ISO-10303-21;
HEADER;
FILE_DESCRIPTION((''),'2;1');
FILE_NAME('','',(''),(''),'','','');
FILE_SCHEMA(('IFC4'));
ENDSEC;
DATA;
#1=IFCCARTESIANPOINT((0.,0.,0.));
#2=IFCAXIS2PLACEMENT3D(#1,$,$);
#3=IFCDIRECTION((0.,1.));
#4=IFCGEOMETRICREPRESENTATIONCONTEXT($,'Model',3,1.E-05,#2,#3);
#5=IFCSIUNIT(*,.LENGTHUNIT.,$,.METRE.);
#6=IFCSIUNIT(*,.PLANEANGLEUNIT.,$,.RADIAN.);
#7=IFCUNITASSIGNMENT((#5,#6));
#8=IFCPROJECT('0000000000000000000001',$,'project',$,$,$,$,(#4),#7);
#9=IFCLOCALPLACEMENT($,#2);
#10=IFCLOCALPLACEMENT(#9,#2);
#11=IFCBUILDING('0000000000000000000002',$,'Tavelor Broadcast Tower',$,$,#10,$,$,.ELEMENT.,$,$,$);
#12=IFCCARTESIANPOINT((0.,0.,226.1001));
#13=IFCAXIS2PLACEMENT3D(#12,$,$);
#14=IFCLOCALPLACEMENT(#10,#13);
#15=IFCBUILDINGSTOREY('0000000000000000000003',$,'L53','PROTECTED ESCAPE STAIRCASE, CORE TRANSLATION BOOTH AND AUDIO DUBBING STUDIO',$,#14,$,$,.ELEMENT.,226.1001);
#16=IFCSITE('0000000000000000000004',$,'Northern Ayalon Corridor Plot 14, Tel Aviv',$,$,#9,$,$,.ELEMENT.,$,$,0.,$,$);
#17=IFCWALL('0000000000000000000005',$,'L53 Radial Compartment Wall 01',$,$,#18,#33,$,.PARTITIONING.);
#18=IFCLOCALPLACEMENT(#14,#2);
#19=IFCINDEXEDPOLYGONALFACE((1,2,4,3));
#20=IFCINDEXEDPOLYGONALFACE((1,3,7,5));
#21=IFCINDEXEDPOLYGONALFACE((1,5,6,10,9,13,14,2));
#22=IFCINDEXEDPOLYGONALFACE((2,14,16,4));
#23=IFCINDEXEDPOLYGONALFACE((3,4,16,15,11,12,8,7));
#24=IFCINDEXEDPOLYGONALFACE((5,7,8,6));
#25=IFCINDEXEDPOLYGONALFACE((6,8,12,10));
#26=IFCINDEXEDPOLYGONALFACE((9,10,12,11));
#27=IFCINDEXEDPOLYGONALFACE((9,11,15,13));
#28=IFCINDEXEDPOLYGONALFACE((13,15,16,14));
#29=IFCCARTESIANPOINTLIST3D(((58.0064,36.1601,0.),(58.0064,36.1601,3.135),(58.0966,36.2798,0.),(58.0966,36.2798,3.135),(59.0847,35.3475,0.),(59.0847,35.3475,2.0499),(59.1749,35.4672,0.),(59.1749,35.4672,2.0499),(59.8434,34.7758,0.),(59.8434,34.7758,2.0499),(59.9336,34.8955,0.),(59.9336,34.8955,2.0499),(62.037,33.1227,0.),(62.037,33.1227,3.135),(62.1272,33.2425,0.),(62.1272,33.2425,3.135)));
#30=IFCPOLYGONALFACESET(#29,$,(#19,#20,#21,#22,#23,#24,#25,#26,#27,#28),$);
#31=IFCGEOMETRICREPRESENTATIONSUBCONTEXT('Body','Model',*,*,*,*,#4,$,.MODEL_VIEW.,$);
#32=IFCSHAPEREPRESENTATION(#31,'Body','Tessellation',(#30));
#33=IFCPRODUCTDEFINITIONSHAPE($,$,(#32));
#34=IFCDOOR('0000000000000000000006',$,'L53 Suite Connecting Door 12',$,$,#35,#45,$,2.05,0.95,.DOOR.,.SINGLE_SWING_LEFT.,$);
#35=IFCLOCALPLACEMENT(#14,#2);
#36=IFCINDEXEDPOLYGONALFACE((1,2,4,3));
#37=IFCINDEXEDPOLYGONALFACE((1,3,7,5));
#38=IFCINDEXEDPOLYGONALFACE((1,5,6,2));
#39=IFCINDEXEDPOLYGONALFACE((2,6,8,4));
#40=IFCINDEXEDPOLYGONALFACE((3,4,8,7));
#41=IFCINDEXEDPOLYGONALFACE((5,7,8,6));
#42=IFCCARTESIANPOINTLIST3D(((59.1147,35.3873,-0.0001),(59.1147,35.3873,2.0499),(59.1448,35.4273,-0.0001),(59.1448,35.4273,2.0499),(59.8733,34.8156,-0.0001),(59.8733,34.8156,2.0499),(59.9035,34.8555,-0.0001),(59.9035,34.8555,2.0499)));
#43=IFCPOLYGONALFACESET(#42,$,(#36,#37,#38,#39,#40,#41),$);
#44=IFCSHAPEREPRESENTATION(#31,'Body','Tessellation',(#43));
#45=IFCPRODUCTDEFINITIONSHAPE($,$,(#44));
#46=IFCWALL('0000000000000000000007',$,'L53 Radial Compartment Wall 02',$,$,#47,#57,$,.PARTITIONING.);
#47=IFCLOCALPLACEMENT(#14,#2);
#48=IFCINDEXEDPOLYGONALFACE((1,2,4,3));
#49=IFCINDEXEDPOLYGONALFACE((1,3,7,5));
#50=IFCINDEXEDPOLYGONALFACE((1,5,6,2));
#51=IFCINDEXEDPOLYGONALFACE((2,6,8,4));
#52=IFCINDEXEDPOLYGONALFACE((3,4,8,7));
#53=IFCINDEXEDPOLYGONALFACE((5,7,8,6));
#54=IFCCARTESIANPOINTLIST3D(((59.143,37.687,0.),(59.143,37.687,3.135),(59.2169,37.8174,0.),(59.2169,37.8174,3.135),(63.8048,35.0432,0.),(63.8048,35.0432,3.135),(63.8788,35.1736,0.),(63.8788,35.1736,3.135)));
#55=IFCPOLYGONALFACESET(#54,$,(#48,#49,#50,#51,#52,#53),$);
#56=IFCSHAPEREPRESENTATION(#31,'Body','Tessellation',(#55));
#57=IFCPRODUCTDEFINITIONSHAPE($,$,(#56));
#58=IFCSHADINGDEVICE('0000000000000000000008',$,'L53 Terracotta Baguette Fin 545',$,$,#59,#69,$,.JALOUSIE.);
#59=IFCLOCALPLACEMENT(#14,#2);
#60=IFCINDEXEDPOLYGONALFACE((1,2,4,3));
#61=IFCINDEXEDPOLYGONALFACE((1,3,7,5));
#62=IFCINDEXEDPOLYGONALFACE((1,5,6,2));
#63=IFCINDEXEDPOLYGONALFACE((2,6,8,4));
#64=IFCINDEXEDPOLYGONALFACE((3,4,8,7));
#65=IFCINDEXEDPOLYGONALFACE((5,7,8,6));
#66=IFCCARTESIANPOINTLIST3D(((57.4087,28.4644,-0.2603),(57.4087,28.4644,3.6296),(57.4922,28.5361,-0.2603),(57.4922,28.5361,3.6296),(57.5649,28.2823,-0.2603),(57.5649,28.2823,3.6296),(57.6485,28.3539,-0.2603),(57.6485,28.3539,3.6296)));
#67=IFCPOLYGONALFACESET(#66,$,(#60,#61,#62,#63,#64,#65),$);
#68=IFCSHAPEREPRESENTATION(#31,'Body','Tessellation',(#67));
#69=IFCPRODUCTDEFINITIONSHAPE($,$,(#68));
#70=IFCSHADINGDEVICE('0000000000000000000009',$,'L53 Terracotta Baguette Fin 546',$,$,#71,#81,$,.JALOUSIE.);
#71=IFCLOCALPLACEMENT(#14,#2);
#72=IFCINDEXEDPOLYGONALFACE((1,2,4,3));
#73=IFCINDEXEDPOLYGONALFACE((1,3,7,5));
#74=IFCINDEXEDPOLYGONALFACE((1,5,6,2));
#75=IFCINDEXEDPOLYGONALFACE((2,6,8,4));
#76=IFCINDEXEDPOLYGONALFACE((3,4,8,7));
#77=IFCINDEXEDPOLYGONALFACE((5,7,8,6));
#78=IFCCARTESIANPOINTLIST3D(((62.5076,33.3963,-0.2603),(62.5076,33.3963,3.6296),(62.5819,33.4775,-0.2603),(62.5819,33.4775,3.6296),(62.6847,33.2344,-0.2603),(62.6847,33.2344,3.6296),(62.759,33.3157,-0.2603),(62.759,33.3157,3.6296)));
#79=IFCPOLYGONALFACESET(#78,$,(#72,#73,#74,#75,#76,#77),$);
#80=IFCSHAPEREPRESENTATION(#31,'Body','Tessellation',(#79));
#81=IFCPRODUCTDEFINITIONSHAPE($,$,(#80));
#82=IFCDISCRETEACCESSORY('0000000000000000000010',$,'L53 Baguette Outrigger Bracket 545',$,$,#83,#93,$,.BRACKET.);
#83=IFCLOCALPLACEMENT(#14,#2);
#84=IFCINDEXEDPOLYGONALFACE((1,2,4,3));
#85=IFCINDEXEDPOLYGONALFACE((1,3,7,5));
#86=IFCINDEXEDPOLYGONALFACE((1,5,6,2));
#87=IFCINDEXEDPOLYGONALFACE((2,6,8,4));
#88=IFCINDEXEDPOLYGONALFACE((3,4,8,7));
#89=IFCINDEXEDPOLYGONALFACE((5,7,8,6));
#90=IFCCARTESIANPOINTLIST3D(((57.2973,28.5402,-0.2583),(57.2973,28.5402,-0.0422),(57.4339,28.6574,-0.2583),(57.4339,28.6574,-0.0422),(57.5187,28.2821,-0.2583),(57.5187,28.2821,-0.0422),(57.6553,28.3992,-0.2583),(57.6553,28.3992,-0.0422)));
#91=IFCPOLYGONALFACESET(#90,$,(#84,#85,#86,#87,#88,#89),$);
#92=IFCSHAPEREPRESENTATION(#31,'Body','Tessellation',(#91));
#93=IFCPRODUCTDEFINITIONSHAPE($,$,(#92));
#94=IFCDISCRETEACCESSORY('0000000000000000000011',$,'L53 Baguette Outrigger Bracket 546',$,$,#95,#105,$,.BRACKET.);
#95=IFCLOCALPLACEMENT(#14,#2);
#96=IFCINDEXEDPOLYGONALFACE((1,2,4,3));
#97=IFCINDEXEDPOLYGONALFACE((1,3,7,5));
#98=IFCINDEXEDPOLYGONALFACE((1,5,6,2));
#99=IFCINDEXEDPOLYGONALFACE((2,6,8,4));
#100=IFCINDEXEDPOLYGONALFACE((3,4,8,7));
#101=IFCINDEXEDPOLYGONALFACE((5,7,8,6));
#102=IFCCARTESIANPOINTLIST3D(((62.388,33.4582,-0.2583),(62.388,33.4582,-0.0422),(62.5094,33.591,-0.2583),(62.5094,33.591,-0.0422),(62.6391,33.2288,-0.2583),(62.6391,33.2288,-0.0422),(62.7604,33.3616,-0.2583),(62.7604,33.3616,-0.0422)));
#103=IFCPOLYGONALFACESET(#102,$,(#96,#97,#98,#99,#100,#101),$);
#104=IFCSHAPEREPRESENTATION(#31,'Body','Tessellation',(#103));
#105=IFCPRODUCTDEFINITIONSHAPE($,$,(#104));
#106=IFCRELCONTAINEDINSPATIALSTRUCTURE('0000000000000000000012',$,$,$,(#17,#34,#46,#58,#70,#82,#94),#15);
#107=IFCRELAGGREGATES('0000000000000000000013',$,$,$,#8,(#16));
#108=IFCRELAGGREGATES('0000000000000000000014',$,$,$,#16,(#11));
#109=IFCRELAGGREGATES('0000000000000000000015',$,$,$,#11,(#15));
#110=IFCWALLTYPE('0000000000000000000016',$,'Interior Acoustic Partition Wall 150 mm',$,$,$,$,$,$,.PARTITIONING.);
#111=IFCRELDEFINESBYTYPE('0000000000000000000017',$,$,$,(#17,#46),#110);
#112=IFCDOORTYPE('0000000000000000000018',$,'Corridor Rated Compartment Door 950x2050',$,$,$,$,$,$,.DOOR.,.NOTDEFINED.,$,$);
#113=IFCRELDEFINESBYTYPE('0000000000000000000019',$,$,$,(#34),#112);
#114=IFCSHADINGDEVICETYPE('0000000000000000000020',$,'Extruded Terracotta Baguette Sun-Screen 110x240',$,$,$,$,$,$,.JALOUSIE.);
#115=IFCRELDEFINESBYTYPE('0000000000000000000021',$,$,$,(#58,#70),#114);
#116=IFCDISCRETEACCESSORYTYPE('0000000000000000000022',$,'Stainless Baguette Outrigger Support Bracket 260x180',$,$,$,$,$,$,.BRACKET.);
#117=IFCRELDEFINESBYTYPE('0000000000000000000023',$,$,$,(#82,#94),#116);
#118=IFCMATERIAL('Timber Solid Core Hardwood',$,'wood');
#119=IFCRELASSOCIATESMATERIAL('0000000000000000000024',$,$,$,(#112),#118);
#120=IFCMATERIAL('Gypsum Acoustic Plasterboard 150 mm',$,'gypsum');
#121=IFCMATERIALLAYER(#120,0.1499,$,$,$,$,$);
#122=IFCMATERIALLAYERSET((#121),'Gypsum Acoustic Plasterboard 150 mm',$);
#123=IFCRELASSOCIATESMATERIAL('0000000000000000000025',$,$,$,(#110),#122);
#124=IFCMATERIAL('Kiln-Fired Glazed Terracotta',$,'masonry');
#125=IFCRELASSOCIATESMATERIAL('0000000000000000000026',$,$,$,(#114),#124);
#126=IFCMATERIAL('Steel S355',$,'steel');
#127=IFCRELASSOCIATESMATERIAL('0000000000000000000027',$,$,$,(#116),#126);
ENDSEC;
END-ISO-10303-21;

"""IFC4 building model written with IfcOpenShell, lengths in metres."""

from ifc_helpers import new_model, si_unit, direction, frame, frame_2d, origin, origin_2d, place, context, subcontext, project, spatial, rectangle, extrude, source, transform, mapped, material, layer, layer_set, type_object, type_shapes, element, fill, save


model = new_model("IFC4")

# Units and contexts
model_context = context("Model", 3, precision=1e-05, world=origin(), true_north=direction((0.0, 1.0)))
body_context = subcontext(model_context, "Body", "Model", "MODEL_VIEW")
ifc_project = project(units=[si_unit("LENGTHUNIT", "METRE"), si_unit("PLANEANGLEUNIT", "RADIAN")], contexts=[model_context])

# Site, building, storey
site_placement = place(None, origin())
site = spatial("IfcSite", under=ifc_project, at=site_placement, Name="Northern Ayalon Corridor Plot 14, Tel Aviv", CompositionType="ELEMENT", RefElevation=0.0)
building_placement = place(site_placement, origin())
building = spatial("IfcBuilding", under=site, at=building_placement, Name="Tavelor Broadcast Tower", CompositionType="ELEMENT")
storey_placement = place(building_placement, frame((0.0, 0.0, 226.1001)))
storey = spatial("IfcBuildingStorey", under=building, at=storey_placement, Name="L53", Description="PROTECTED ESCAPE STAIRCASE, CORE TRANSLATION BOOTH AND AUDIO DUBBING STUDIO", CompositionType="ELEMENT", Elevation=226.1001)

# Shared definitions
ifc_material_1 = material(Name="Steel S355", Category="steel")

# Shared definitions
ifc_material_2 = material(Name="Timber Solid Core Hardwood", Category="wood")
door_type = type_object("IfcDoorType", Name="Corridor Rated Compartment Door 950x2050", OperationType="NOTDEFINED", PredefinedType="DOOR", material=ifc_material_2)

# Wall, opening, door
ifc_material_3 = material(Name="Gypsum Acoustic Plasterboard 150 mm", Category="gypsum")
ifc_layer_1 = layer(ifc_material_3, 0.1499)
ifc_layer_set_1 = layer_set([ifc_layer_1], Name="Gypsum Acoustic Plasterboard 150 mm")
wall_type_1 = type_object("IfcWallType", Name="Interior Acoustic Partition Wall 150 mm", PredefinedType="PARTITIONING", material=ifc_layer_set_1)
wall_1_placement = place(storey_placement, frame((58.0515, 36.22, 0.0), z_axis=(0.0, 0.0, 1.0), x_axis=(0.798622, -0.601833, 0.0)))
wall_1 = element("IfcWall", 1, at=wall_1_placement, inside=storey, type_object=wall_type_1, Name="L53 Radial Compartment Wall 01", PredefinedType="PARTITIONING", context=body_context, shape_type="SweptSolid", body=[
    extrude(rectangle(XDim=5.0469, YDim=0.1499, at=frame_2d((2.5234, 0.0))), origin(), (0.0, 0.0, 1.0), 3.135),
])
opening_1_placement = place(wall_1_placement, frame((1.3501, 0.0, 0.0)))
opening_1 = element("IfcOpeningElement", 2, at=opening_1_placement, cuts=wall_1, PredefinedType="OPENING", context=body_context, shape_type="SweptSolid", body=[
    extrude(rectangle(XDim=0.95, YDim=2.05, at=frame_2d((0.4751, 1.0249))), frame((0.0, 0.085, 0.0), z_axis=(0.0, -1.0, 0.0), x_axis=(1.0, 0.0, 0.0)), (0.0, 0.0, 1.0), 0.1699),
])
door_1_placement = place(opening_1_placement, origin())
door_1 = element("IfcDoor", 3, at=door_1_placement, inside=storey, type_object=door_type, Name="L53 Suite Connecting Door 12", OperationType="SINGLE_SWING_LEFT", OverallHeight=2.05, OverallWidth=0.95, PredefinedType="DOOR", context=body_context, shape_type="SweptSolid", body=[
    extrude(rectangle(XDim=0.95, YDim=2.05, at=frame_2d((0.4751, 1.0249))), frame((0.0, 0.0249, 0.0), z_axis=(0.0, -1.0, 0.0), x_axis=(1.0, 0.0, 0.0)), (0.0, 0.0, 1.0), 0.05),
])
fill(opening_1, door_1)

# Wall
wall_2_placement = place(storey_placement, frame((59.1799, 37.7522, 0.0), z_axis=(0.0, 0.0, 1.0), x_axis=(0.869856, -0.493306, 0.0)))
element("IfcWall", 4, at=wall_2_placement, inside=storey, type_object=wall_type_1, Name="L53 Radial Compartment Wall 02", PredefinedType="PARTITIONING", context=body_context, shape_type="SweptSolid", body=[
    extrude(rectangle(XDim=5.3594, YDim=0.1499, at=frame_2d((2.6797, 0.0))), origin(), (0.0, 0.0, 1.0), 3.135),
])

# Shading devices
ifc_material_4 = material(Name="Kiln-Fired Glazed Terracotta", Category="masonry")
shading_device_type = type_object("IfcShadingDeviceType", Name="Extruded Terracotta Baguette Sun-Screen 110x240", PredefinedType="JALOUSIE", material=ifc_material_4)
shared_shape_1 = source(origin(), body_context, "Body", "SweptSolid", [
    extrude(rectangle(XDim=0.1101, YDim=0.24, at=origin_2d()), origin(), (0.0, 0.0, 1.0), 3.8899),
])
type_shapes(shading_device_type, [shared_shape_1])
for number, where, z_axis, x_axis, name in (
    (5, (57.5286, 28.4092, -0.2603), (0.0, 0.0, 1.0), (0.759044, 0.651039, 0.0), "L53 Terracotta Baguette Fin 545"),
    (6, (62.6333, 33.356, -0.2603), (0.0, 0.0, 1.0), (0.67456, 0.73822, 0.0), "L53 Terracotta Baguette Fin 546"),
):
    element("IfcShadingDevice", number, at=place(storey_placement, frame(where, z_axis=z_axis, x_axis=x_axis)), inside=storey, type_object=shading_device_type, Name=name, PredefinedType="JALOUSIE", context=body_context, shape_type="MappedRepresentation", body=[
        mapped(shared_shape_1, transform((0.0, 0.0, 0.0), scale=1.0)),
    ])

# Discrete accessories
discrete_accessory_type = type_object("IfcDiscreteAccessoryType", Name="Stainless Baguette Outrigger Support Bracket 260x180", PredefinedType="BRACKET", material=ifc_material_1)
shared_shape_2 = source(origin(), body_context, "Body", "SweptSolid", [
    extrude(rectangle(XDim=0.1799, YDim=0.3401, at=origin_2d()), origin(), (0.0, 0.0, 1.0), 0.2161),
])
type_shapes(discrete_accessory_type, [shared_shape_2])
for number, where, z_axis, x_axis, name in (
    (7, (57.4763, 28.4697, -0.2583), (0.0, 0.0, 1.0), (0.759044, 0.651039, 0.0), "L53 Baguette Outrigger Bracket 545"),
    (8, (62.5742, 33.4099, -0.2583), (0.0, 0.0, 1.0), (0.67456, 0.73822, 0.0), "L53 Baguette Outrigger Bracket 546"),
):
    element("IfcDiscreteAccessory", number, at=place(storey_placement, frame(where, z_axis=z_axis, x_axis=x_axis)), inside=storey, type_object=discrete_accessory_type, Name=name, PredefinedType="BRACKET", context=body_context, shape_type="MappedRepresentation", body=[
        mapped(shared_shape_2, transform((0.0, 0.0, 0.0), scale=1.0)),
    ])

save(model, "model.ifc")
